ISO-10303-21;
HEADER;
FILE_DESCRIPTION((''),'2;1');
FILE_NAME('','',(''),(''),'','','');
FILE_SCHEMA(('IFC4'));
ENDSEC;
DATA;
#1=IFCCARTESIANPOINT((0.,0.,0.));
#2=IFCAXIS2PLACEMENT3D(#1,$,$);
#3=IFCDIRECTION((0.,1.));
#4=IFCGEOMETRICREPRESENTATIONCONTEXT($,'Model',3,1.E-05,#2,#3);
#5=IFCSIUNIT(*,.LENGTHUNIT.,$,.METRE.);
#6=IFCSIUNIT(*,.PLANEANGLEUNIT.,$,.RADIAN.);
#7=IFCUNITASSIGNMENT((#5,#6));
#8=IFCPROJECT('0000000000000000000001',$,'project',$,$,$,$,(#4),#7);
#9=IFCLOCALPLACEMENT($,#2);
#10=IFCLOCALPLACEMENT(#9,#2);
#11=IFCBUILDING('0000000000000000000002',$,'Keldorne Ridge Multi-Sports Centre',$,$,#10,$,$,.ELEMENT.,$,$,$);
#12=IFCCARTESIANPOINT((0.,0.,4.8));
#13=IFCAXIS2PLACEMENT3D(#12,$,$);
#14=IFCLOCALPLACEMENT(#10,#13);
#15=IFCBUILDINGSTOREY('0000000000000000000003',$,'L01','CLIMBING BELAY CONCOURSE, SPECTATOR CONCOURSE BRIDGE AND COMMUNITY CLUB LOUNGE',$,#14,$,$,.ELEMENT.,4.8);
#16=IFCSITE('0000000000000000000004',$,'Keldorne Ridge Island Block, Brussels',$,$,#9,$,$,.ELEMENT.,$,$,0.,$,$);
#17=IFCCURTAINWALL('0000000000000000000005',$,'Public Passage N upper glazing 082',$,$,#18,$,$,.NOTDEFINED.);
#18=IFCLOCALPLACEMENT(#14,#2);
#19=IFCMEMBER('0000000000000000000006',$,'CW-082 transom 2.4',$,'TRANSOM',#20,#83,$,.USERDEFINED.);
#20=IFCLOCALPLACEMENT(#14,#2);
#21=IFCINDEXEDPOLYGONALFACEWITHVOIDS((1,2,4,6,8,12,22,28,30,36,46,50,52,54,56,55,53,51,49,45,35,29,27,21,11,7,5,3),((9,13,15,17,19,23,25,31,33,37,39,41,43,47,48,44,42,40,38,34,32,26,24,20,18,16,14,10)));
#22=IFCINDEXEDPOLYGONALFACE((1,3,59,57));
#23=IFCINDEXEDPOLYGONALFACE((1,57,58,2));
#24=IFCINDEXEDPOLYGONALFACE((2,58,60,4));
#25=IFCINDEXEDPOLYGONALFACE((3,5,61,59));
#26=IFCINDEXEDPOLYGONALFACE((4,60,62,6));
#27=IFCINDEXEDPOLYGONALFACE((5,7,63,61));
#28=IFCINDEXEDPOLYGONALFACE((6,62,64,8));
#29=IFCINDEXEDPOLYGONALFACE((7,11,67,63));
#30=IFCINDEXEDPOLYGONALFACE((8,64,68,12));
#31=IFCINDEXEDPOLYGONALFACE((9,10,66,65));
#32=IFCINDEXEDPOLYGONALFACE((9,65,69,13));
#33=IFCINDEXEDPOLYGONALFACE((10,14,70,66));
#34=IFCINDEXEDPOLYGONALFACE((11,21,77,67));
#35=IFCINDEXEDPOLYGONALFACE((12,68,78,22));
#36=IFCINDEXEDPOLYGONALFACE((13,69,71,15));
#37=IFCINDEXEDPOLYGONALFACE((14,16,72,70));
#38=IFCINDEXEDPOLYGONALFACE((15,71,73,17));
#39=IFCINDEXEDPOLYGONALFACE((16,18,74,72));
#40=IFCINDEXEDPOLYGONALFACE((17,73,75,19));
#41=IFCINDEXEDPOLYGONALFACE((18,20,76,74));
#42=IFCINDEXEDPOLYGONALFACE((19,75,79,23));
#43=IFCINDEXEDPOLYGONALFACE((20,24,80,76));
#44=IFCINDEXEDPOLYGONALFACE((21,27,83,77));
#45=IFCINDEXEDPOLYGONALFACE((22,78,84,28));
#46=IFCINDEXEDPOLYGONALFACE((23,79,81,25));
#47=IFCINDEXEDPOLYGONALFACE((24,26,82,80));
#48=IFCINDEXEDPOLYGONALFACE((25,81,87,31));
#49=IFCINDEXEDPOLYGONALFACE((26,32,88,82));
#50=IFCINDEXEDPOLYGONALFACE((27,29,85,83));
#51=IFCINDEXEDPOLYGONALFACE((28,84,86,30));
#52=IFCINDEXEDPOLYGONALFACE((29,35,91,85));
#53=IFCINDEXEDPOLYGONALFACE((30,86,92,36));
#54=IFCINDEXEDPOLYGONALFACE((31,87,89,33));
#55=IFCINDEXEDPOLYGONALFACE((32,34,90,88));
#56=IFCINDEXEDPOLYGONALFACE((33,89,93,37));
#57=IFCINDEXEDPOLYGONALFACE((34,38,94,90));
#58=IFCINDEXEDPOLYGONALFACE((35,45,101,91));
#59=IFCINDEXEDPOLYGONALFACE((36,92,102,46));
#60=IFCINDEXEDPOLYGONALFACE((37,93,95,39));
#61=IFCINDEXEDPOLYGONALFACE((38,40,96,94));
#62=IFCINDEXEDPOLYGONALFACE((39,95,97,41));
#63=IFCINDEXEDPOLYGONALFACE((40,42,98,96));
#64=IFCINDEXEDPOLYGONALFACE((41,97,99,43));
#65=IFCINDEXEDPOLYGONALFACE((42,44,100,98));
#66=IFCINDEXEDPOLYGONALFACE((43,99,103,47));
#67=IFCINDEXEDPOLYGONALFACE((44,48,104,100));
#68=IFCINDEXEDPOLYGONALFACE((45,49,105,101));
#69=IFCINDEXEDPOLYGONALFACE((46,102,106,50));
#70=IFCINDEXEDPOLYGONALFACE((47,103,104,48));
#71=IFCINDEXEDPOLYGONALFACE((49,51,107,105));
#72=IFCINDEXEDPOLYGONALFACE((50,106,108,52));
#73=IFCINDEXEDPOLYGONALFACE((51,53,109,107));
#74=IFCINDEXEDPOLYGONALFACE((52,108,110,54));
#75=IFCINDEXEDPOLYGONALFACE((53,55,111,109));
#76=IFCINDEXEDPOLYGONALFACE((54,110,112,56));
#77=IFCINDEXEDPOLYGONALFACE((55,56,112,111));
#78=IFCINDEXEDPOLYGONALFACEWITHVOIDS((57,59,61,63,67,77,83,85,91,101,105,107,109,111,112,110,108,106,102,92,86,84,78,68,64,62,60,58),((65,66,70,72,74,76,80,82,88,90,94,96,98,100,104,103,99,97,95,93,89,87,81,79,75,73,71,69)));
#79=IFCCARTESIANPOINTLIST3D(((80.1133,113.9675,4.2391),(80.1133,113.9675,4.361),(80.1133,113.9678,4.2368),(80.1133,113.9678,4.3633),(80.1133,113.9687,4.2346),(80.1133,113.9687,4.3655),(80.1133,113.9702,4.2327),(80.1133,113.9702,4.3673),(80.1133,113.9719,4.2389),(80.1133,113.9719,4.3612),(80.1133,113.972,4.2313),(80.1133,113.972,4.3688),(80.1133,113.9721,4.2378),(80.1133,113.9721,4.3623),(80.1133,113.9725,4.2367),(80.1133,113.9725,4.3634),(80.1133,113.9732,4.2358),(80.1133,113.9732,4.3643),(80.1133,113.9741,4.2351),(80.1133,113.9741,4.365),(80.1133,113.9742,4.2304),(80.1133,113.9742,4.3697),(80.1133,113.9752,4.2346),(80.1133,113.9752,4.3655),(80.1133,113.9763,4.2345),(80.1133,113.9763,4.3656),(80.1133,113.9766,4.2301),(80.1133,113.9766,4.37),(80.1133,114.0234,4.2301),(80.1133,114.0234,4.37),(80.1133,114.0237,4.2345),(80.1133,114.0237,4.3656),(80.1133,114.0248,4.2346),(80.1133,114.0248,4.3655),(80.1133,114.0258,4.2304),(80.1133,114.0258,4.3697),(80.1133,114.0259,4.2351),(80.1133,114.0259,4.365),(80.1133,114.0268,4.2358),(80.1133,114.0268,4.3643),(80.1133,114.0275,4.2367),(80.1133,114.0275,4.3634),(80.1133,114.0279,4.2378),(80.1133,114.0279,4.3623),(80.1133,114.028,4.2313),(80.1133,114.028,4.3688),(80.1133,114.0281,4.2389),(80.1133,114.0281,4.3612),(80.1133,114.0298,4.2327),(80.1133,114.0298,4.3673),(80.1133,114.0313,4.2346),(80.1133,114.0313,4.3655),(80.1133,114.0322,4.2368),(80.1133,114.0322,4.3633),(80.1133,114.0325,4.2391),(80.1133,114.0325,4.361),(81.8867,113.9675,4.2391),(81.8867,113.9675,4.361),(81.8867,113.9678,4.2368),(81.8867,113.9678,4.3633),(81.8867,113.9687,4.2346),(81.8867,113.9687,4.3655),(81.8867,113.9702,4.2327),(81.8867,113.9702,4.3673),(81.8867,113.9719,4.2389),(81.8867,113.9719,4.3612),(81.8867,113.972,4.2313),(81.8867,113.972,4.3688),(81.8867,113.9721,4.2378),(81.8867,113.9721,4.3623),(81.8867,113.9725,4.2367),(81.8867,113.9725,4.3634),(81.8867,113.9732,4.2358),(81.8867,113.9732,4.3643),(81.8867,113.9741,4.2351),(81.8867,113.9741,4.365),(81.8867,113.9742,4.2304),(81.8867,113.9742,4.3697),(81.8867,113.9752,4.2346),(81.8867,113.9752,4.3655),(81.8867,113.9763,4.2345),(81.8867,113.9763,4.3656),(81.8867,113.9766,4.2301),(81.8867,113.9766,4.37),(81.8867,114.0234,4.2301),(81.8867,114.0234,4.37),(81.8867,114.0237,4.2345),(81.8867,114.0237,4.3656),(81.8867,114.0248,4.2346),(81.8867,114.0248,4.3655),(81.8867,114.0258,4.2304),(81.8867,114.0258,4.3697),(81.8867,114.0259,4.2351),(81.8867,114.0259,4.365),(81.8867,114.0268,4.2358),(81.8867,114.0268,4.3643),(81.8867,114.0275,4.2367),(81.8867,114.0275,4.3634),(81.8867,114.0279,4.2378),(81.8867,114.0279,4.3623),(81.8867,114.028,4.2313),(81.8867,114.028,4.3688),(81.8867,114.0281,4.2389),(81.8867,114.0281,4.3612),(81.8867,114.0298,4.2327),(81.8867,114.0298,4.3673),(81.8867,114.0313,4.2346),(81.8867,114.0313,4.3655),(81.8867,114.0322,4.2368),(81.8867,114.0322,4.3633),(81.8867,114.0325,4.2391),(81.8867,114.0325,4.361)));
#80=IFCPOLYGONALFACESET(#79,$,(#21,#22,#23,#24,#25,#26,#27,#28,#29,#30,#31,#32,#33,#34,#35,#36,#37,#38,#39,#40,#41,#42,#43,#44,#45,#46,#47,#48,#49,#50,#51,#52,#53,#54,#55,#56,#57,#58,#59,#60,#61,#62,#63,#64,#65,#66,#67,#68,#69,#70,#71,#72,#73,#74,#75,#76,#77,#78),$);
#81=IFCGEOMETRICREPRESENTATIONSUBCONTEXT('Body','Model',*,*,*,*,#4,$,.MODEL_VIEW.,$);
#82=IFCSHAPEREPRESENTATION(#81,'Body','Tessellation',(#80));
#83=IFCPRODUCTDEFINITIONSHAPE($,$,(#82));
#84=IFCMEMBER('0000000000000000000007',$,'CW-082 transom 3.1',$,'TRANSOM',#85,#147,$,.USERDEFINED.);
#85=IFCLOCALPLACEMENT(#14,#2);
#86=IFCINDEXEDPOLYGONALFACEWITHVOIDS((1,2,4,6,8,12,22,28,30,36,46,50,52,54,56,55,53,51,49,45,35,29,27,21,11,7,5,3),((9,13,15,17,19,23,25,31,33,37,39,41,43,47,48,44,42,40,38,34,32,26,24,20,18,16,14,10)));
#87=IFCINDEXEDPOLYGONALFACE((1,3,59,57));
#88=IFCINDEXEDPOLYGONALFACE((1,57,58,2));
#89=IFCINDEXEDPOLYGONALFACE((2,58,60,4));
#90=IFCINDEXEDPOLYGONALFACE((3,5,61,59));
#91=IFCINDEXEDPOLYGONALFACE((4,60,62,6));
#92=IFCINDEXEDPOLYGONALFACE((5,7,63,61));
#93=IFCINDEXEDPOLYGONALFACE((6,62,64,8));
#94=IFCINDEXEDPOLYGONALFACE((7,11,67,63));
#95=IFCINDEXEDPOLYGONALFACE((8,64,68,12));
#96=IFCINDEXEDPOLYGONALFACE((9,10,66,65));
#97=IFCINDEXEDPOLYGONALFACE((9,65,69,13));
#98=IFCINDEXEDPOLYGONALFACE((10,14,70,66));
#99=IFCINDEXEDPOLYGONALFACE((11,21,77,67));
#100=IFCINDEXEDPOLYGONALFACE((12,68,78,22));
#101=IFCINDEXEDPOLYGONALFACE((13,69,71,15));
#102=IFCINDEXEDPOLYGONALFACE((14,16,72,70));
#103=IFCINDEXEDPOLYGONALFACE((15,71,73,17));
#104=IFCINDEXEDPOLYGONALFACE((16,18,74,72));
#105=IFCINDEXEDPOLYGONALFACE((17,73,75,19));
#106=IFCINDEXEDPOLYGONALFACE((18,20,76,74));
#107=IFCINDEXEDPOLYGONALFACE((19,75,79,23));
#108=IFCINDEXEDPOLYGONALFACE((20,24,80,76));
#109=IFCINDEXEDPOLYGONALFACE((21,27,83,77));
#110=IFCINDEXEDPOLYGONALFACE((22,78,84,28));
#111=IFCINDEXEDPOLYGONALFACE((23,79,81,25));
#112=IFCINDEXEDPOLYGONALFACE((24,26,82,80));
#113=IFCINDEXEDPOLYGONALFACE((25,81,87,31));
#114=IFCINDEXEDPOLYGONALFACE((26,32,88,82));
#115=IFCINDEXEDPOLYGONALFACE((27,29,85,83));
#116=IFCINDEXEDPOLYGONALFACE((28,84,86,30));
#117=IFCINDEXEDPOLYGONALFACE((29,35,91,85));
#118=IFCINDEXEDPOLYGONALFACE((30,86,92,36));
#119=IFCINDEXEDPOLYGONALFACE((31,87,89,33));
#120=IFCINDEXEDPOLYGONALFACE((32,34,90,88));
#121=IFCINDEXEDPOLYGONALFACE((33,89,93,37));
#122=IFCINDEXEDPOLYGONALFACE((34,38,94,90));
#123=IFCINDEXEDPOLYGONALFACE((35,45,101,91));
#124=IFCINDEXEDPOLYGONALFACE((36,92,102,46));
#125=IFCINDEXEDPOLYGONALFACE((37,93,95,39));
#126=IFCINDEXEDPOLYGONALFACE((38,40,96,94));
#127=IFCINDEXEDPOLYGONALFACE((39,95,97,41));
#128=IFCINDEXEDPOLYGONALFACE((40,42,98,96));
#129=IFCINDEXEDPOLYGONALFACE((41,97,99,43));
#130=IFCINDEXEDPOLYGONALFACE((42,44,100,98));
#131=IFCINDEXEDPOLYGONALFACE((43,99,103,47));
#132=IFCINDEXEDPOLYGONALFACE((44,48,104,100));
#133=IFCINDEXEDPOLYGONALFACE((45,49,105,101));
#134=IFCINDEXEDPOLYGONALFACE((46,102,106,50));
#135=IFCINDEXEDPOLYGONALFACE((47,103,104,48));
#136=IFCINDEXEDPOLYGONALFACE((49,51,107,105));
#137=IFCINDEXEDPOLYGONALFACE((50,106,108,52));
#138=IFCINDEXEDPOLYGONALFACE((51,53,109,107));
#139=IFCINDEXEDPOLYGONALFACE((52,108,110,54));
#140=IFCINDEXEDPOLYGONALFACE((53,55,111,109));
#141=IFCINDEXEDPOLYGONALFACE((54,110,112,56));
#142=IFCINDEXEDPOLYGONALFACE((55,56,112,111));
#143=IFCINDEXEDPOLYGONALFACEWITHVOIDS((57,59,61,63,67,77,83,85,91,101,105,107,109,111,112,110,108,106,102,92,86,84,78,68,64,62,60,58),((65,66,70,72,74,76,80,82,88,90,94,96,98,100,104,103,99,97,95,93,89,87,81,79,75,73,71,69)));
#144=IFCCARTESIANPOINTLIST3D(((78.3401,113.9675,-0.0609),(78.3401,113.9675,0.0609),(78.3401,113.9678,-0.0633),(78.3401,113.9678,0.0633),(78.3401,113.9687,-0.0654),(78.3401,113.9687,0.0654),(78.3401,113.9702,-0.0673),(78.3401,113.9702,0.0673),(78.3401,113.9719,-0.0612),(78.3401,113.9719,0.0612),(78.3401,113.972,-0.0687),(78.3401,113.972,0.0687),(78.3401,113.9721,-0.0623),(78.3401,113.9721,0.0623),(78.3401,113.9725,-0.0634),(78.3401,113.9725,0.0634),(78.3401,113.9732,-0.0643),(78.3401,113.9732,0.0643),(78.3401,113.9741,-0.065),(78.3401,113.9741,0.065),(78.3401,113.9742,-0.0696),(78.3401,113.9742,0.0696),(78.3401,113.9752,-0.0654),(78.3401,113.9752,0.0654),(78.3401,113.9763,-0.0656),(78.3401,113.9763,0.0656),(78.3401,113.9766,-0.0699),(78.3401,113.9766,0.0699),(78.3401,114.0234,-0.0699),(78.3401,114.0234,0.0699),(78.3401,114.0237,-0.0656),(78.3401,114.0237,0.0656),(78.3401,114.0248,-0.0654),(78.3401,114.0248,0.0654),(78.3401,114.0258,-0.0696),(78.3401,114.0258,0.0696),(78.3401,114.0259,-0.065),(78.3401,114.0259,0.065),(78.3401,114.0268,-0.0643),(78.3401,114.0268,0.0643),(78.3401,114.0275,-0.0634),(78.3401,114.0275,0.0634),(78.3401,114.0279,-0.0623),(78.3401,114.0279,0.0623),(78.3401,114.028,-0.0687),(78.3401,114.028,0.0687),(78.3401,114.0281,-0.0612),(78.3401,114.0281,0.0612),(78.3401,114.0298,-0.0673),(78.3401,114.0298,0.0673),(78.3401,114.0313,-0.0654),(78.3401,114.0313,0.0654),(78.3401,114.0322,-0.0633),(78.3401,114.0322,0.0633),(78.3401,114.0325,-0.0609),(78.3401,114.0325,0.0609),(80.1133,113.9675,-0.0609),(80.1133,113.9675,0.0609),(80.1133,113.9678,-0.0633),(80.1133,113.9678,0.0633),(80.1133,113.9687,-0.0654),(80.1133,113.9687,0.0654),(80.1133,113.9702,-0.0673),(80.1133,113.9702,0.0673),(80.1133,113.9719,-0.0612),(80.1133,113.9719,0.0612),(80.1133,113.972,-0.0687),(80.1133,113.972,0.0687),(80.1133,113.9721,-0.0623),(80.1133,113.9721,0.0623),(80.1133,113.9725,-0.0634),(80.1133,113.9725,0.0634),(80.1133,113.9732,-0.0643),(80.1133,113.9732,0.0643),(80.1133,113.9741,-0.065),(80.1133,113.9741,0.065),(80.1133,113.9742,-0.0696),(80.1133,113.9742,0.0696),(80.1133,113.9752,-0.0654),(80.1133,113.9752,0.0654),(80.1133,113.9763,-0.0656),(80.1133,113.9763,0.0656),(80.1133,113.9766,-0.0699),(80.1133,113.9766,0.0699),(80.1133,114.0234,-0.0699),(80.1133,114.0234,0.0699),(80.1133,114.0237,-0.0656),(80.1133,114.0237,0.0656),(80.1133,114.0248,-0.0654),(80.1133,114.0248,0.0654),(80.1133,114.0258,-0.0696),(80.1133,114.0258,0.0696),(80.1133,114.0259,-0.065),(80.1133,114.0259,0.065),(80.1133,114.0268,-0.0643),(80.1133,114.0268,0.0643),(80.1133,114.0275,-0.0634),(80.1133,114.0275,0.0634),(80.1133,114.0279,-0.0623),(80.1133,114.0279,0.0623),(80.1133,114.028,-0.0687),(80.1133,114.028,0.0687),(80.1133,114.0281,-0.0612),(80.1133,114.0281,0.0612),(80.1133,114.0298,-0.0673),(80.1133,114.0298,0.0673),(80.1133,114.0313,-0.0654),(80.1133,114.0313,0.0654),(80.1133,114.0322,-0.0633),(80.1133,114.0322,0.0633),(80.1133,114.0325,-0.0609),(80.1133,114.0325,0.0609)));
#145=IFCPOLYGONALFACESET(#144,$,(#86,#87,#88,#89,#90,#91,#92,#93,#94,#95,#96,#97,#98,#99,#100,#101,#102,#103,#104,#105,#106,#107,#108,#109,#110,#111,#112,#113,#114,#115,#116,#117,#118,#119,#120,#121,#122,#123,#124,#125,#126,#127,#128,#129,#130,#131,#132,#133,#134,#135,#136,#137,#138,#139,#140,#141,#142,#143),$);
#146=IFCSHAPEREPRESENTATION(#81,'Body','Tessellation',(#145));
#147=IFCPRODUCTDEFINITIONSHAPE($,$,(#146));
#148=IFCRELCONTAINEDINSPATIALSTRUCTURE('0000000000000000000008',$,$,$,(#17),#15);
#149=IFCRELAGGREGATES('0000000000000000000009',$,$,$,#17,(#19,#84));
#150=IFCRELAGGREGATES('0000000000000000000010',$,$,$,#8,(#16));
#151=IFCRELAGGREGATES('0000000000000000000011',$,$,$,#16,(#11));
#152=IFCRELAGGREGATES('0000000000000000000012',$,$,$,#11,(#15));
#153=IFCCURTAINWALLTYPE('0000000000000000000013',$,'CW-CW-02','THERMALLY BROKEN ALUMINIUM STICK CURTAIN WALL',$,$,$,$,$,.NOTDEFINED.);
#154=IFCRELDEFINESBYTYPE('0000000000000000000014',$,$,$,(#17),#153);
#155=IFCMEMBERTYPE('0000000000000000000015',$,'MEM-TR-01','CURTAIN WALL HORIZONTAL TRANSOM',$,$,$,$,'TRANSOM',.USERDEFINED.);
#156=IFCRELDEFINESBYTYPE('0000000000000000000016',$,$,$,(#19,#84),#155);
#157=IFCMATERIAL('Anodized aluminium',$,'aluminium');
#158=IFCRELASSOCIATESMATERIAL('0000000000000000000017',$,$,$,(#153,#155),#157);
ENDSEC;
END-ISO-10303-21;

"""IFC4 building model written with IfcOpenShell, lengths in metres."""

from ifc_helpers import new_model, si_unit, direction, frame, origin, origin_2d, place, context, subcontext, project, spatial, hollow_rectangle, extrude, material, material_profile, profile_set, type_object, element, aggregate, save


model = new_model("IFC4")

# Units and contexts
model_context = context("Model", 3, precision=1e-05, world=origin(), true_north=direction((0.0, 1.0)))
body_context = subcontext(model_context, "Body", "Model", "MODEL_VIEW")
ifc_project = project(units=[si_unit("LENGTHUNIT", "METRE"), si_unit("PLANEANGLEUNIT", "RADIAN")], contexts=[model_context])

# Site, building, storey
site_placement = place(None, origin())
site = spatial("IfcSite", under=ifc_project, at=site_placement, Name="Keldorne Ridge Island Block, Brussels", CompositionType="ELEMENT", RefElevation=0.0)
building_placement = place(site_placement, origin())
building = spatial("IfcBuilding", under=site, at=building_placement, Name="Keldorne Ridge Multi-Sports Centre", CompositionType="ELEMENT")
storey_placement = place(building_placement, frame((0.0, 0.0, 4.8)))
storey = spatial("IfcBuildingStorey", under=building, at=storey_placement, Name="L01", Description="CLIMBING BELAY CONCOURSE, SPECTATOR CONCOURSE BRIDGE AND COMMUNITY CLUB LOUNGE", CompositionType="ELEMENT", Elevation=4.8)

# Curtain wall, members
ifc_material_1 = material(Name="Anodized aluminium", Category="aluminium")
curtain_wall_type = type_object("IfcCurtainWallType", Name="CW-CW-02", Description="THERMALLY BROKEN ALUMINIUM STICK CURTAIN WALL", PredefinedType="NOTDEFINED", material=ifc_material_1)
curtain_wall_placement = place(storey_placement, origin())
curtain_wall = element("IfcCurtainWall", 1, at=curtain_wall_placement, inside=storey, type_object=curtain_wall_type, Name="Public Passage N upper glazing 082", PredefinedType="NOTDEFINED")
ifc_material_profile_1 = material_profile(ifc_material_1, hollow_rectangle(XDim=0.0649, YDim=0.1399, WallThickness=0.0044, InnerFilletRadius=0.0044, OuterFilletRadius=0.009, at=origin_2d()), Name="ALU TRANSOM 140x65x4.5")
ifc_profile_set_1 = profile_set([ifc_material_profile_1], Name="Anodized aluminium")
member_type_1 = type_object("IfcMemberType", Name="MEM-TR-01", Description="CURTAIN WALL HORIZONTAL TRANSOM", ElementType="TRANSOM", PredefinedType="USERDEFINED", material=ifc_profile_set_1)
member_1_placement = place(storey_placement, frame((81.8867, 114.0, 4.3), z_axis=(-1.0, 0.0, 0.0), x_axis=(0.0, -1.0, 0.0)))
member_1 = element("IfcMember", 2, at=member_1_placement, type_object=member_type_1, Name="CW-082 transom 2.4", ObjectType="TRANSOM", PredefinedType="USERDEFINED", context=body_context, shape_type="SweptSolid", body=[
    extrude(hollow_rectangle(XDim=0.0649, YDim=0.1399, WallThickness=0.0044, InnerFilletRadius=0.0044, OuterFilletRadius=0.009, at=origin_2d()), origin(), (0.0, 0.0, 1.0), 1.7734),
])
member_2_placement = place(storey_placement, frame((80.1133, 114.0, 0.0), z_axis=(-1.0, 0.0, 0.0), x_axis=(0.0, -1.0, 0.0)))
member_2 = element("IfcMember", 3, at=member_2_placement, type_object=member_type_1, Name="CW-082 transom 3.1", ObjectType="TRANSOM", PredefinedType="USERDEFINED", context=body_context, shape_type="SweptSolid", body=[
    extrude(hollow_rectangle(XDim=0.0649, YDim=0.1399, WallThickness=0.0044, InnerFilletRadius=0.0044, OuterFilletRadius=0.009, at=origin_2d()), origin(), (0.0, 0.0, 1.0), 1.7732),
])
aggregate(curtain_wall, [member_1, member_2])

save(model, "model.ifc")
